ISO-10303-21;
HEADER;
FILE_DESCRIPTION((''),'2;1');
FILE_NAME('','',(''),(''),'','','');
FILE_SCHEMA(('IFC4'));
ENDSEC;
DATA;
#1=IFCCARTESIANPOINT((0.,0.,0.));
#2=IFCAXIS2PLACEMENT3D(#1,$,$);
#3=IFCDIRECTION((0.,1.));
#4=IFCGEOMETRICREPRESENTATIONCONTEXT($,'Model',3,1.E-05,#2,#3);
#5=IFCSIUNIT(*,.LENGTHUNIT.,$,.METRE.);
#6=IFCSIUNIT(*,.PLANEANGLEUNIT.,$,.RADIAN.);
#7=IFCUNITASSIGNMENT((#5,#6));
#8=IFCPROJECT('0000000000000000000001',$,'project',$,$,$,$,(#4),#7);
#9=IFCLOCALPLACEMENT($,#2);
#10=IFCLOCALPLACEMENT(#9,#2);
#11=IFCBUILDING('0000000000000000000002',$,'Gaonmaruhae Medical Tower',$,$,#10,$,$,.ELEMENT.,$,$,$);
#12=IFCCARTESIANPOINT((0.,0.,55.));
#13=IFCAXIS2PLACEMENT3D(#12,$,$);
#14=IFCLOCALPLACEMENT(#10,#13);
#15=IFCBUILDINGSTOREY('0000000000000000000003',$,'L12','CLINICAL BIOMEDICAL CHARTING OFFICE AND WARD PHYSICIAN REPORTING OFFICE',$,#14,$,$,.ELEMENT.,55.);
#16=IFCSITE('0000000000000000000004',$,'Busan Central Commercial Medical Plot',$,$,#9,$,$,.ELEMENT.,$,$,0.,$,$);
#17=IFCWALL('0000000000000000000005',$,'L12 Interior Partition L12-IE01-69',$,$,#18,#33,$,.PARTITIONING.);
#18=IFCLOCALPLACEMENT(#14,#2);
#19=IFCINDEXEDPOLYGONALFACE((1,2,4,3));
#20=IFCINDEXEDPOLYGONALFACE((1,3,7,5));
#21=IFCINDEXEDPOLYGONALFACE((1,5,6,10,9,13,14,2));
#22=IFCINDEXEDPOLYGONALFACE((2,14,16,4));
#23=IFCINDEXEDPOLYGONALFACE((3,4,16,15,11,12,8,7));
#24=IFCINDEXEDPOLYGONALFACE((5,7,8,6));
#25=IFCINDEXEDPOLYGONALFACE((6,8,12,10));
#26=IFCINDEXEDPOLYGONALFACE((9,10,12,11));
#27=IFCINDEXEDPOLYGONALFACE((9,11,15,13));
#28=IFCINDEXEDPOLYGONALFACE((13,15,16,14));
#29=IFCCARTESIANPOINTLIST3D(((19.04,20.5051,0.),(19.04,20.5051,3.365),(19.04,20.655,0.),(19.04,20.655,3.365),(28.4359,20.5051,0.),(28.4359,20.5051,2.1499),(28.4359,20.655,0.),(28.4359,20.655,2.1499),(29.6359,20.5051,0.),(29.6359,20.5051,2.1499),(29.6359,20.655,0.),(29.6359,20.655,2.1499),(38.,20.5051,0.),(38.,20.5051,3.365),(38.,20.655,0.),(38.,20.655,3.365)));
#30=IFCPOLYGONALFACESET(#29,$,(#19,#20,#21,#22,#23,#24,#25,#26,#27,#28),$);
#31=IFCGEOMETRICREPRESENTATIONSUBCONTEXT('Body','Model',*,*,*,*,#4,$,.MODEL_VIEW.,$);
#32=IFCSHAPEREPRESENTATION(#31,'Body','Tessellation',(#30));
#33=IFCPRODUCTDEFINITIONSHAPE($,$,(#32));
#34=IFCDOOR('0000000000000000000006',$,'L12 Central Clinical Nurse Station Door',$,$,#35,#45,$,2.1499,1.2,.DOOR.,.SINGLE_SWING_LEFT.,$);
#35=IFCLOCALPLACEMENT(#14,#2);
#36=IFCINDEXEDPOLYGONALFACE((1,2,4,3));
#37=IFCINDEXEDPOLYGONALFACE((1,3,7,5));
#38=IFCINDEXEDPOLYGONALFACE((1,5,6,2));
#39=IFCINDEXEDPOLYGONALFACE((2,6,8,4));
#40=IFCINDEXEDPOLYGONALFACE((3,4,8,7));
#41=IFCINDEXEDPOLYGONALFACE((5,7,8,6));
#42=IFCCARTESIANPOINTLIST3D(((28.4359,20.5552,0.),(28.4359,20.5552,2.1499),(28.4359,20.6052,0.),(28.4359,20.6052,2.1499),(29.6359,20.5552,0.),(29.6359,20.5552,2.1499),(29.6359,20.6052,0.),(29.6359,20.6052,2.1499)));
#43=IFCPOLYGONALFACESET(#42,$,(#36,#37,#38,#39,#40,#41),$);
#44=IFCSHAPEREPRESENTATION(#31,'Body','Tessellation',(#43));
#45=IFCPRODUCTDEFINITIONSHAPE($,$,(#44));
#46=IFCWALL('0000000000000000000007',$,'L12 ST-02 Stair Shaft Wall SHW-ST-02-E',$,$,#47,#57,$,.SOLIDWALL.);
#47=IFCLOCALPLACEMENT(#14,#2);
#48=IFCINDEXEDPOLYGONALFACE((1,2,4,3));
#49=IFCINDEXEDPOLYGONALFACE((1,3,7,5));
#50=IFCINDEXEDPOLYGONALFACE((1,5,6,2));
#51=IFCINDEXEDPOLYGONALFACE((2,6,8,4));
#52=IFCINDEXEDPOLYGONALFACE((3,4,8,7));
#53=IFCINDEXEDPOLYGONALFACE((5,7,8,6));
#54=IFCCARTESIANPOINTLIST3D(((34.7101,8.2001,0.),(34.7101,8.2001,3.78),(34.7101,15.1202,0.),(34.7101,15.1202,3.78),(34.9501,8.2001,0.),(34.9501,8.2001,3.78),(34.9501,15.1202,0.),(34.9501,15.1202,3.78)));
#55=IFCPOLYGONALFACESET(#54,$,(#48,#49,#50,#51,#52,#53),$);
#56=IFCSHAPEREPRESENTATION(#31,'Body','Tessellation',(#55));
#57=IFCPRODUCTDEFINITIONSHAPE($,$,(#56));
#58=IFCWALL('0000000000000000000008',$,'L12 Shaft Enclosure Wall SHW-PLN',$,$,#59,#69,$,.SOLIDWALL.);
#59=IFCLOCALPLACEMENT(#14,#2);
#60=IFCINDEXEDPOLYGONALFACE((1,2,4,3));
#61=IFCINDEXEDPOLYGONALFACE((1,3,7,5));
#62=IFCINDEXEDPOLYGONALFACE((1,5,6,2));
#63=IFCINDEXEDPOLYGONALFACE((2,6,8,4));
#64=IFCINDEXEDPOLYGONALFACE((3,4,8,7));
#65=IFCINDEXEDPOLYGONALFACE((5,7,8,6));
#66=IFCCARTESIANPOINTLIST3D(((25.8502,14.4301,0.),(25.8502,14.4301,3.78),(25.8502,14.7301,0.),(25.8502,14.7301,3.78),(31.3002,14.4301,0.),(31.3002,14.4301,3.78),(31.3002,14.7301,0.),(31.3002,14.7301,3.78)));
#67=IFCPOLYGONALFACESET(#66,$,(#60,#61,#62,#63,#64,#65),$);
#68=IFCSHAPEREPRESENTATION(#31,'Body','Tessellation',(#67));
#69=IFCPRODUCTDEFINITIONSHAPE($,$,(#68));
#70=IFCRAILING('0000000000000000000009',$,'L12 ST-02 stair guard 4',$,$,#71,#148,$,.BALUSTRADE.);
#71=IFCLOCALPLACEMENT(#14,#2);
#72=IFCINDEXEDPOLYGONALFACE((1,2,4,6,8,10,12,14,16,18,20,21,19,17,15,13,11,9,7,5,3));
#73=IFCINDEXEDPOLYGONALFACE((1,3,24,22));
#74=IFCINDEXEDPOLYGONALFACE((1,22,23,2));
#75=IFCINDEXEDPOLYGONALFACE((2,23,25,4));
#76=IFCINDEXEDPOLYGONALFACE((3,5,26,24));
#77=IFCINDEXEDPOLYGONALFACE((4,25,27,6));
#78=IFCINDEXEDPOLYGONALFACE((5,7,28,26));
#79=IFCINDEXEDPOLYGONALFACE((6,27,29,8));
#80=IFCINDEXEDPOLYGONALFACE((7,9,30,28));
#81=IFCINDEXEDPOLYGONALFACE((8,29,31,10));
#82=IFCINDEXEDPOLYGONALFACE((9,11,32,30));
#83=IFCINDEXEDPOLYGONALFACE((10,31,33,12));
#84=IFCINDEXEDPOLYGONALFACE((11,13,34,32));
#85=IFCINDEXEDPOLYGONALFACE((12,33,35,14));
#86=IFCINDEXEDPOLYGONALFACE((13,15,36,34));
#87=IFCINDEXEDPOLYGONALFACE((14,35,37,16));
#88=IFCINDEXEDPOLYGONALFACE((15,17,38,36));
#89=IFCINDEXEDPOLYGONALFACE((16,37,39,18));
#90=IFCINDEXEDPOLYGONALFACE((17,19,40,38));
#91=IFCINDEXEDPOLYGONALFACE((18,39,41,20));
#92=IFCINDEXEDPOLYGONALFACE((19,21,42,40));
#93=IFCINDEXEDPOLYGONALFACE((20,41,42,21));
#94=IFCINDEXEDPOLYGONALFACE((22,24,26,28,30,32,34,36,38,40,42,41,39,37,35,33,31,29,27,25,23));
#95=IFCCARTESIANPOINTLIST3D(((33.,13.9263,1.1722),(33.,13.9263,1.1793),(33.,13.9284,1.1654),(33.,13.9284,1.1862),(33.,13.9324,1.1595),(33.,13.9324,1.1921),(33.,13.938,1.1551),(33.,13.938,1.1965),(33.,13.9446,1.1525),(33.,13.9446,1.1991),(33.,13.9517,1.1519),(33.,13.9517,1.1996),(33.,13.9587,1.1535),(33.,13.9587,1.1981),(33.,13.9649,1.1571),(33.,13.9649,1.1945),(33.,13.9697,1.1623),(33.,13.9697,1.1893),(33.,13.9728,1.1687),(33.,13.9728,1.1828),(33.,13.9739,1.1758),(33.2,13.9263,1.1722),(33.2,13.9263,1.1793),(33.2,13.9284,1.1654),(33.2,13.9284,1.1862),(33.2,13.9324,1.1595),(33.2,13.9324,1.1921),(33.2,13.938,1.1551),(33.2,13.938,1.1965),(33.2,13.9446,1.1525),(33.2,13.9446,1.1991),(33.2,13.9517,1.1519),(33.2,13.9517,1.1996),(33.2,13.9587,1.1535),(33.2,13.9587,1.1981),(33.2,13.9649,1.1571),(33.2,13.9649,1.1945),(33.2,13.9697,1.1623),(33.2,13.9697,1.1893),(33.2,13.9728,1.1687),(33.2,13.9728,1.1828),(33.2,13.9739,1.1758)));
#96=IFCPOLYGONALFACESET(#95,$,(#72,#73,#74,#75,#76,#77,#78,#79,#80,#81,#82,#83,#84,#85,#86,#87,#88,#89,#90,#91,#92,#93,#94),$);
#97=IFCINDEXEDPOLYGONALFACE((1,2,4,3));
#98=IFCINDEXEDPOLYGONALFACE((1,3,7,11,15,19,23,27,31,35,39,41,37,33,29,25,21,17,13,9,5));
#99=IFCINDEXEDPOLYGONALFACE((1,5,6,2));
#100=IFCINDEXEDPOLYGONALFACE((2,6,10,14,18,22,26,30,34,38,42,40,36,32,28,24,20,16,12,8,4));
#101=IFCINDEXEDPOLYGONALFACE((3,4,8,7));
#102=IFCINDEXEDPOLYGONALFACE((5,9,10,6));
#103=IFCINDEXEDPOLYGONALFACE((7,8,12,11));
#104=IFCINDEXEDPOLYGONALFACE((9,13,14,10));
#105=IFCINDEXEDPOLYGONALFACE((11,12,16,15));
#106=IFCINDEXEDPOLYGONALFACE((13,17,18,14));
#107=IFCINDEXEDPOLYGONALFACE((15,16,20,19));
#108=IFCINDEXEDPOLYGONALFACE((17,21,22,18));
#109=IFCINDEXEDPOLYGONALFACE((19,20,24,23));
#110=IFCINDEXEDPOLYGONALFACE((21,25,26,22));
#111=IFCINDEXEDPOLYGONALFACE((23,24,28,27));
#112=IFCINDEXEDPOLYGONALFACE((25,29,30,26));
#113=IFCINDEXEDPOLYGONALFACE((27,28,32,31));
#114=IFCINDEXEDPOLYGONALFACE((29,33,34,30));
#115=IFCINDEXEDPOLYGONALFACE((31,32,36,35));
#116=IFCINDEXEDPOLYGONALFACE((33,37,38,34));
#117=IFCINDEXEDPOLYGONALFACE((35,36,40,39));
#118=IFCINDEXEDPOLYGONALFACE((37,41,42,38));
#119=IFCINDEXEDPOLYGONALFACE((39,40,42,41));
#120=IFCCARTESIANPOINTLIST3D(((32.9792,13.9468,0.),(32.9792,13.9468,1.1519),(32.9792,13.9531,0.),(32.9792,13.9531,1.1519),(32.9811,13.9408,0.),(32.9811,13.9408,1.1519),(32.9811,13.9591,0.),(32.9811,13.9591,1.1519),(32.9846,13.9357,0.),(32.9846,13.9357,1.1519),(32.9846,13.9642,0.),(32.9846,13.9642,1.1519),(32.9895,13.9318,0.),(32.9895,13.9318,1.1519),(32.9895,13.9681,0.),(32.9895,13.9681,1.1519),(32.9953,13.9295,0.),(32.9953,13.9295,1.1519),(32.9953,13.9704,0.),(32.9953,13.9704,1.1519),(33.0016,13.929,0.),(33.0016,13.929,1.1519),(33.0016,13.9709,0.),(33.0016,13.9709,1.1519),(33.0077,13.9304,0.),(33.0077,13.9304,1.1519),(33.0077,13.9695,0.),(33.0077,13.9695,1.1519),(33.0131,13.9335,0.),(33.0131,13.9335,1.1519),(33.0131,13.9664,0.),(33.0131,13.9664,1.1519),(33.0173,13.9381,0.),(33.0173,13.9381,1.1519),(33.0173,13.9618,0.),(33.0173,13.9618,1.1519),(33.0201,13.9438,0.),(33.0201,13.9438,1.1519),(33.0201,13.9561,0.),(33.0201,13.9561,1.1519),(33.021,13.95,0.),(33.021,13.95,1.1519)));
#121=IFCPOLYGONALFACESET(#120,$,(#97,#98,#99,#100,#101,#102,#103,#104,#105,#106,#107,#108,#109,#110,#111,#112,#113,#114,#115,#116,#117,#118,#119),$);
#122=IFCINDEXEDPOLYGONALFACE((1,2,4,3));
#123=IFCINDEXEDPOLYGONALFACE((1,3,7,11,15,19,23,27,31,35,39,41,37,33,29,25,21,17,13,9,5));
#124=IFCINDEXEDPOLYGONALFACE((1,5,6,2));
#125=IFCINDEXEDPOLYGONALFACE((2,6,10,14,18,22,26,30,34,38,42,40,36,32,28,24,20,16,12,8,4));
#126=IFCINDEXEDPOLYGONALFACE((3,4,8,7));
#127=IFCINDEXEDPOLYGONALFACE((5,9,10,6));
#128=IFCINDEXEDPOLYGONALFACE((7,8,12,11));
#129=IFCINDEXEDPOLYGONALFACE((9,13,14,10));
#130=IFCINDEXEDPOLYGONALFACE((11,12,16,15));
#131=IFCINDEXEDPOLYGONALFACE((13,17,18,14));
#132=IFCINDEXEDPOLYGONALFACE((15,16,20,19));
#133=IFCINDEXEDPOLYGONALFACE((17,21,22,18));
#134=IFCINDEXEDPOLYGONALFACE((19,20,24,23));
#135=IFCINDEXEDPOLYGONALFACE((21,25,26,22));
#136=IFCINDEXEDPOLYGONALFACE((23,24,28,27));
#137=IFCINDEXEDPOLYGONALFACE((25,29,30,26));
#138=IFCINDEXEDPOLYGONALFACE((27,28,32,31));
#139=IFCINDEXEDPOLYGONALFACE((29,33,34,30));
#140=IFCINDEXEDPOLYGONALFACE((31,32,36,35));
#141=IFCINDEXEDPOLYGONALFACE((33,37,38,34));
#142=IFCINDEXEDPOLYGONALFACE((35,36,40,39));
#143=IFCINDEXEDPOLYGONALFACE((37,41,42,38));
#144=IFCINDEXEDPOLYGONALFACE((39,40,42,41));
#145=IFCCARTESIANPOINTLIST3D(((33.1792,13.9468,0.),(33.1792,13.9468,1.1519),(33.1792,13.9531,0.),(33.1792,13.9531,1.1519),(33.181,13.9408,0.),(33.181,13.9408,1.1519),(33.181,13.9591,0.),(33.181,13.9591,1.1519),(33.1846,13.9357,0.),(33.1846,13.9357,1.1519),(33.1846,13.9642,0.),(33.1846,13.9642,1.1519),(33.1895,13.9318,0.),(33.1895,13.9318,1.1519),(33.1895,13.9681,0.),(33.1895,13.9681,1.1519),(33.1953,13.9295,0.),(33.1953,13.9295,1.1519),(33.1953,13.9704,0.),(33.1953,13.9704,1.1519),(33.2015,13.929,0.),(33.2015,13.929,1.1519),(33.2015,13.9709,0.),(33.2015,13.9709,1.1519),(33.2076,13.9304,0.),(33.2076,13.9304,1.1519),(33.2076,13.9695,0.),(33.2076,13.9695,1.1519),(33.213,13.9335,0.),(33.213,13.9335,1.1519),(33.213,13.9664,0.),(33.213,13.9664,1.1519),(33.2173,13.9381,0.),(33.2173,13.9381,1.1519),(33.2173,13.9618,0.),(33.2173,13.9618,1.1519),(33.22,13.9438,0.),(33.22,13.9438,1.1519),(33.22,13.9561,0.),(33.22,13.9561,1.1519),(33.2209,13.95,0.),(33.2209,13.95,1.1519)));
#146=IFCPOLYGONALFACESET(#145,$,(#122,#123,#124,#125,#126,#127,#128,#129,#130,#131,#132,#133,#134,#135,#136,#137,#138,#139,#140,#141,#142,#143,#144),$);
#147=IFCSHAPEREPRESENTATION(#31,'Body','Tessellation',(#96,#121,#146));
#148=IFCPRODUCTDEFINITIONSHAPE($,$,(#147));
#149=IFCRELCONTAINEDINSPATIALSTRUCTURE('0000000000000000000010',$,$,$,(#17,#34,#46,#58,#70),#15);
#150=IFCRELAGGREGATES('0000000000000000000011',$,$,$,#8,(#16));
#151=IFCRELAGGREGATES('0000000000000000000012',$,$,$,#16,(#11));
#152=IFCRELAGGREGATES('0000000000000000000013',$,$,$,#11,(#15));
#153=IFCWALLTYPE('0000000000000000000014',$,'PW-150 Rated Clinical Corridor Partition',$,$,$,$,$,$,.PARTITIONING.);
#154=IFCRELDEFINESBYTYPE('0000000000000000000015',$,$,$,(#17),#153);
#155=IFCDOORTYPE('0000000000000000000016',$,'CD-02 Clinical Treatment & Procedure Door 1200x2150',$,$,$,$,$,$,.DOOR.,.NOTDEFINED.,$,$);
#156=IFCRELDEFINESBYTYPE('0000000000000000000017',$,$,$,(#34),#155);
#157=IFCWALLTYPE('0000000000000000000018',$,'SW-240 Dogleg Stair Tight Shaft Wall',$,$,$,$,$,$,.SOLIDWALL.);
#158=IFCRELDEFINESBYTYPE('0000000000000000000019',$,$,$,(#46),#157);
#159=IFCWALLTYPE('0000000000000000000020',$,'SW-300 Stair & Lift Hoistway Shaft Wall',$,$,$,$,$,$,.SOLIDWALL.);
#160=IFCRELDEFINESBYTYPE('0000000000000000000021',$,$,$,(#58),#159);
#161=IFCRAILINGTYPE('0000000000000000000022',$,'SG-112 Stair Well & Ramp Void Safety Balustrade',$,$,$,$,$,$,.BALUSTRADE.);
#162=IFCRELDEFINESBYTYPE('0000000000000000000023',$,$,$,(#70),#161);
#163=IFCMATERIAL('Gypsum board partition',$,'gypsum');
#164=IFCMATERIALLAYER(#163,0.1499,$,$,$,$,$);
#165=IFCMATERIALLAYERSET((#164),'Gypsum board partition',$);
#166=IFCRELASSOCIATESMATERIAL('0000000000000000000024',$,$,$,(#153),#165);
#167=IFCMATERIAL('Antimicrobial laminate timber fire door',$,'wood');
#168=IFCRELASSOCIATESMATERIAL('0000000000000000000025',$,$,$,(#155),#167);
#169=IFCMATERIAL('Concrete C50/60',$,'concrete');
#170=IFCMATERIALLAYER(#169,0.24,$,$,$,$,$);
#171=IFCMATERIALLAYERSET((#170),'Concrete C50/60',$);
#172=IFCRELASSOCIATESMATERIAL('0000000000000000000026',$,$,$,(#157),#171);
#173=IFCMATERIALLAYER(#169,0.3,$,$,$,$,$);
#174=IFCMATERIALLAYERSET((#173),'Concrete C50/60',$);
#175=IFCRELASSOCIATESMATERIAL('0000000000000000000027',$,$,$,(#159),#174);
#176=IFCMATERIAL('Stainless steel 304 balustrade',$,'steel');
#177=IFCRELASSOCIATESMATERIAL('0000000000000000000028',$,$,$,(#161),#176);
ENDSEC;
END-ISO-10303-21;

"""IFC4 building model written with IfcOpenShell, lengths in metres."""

from ifc_helpers import new_model, si_unit, direction, frame, frame_2d, origin, origin_2d, place, context, subcontext, project, spatial, rectangle, circle, extrude, material, layer, layer_set, type_object, element, fill, save


model = new_model("IFC4")

# Units and contexts
model_context = context("Model", 3, precision=1e-05, world=origin(), true_north=direction((0.0, 1.0)))
body_context = subcontext(model_context, "Body", "Model", "MODEL_VIEW")
ifc_project = project(units=[si_unit("LENGTHUNIT", "METRE"), si_unit("PLANEANGLEUNIT", "RADIAN")], contexts=[model_context])

# Site, building, storey
site_placement = place(None, origin())
site = spatial("IfcSite", under=ifc_project, at=site_placement, Name="Busan Central Commercial Medical Plot", CompositionType="ELEMENT", RefElevation=0.0)
building_placement = place(site_placement, origin())
building = spatial("IfcBuilding", under=site, at=building_placement, Name="Gaonmaruhae Medical Tower", CompositionType="ELEMENT")
storey_placement = place(building_placement, frame((0.0, 0.0, 55.0)))
storey = spatial("IfcBuildingStorey", under=building, at=storey_placement, Name="L12", Description="CLINICAL BIOMEDICAL CHARTING OFFICE AND WARD PHYSICIAN REPORTING OFFICE", CompositionType="ELEMENT", Elevation=55.0)

# Shared definitions
ifc_material_1 = material(Name="Gypsum board partition", Category="gypsum")
ifc_layer_1 = layer(ifc_material_1, 0.1499)
ifc_layer_set_1 = layer_set([ifc_layer_1], Name="Gypsum board partition")
wall_type_1 = type_object("IfcWallType", Name="PW-150 Rated Clinical Corridor Partition", PredefinedType="PARTITIONING", material=ifc_layer_set_1)

# Shared definitions
ifc_material_2 = material(Name="Antimicrobial laminate timber fire door", Category="wood")
door_type_1 = type_object("IfcDoorType", Name="CD-02 Clinical Treatment & Procedure Door 1200x2150", OperationType="NOTDEFINED", PredefinedType="DOOR", material=ifc_material_2)

# Wall, opening, door
wall_1_placement = place(storey_placement, frame((38.0, 20.5801, 0.0), z_axis=(0.0, 0.0, 1.0), x_axis=(-1.0, 0.0, 0.0)))
wall_1 = element("IfcWall", 1, at=wall_1_placement, inside=storey, type_object=wall_type_1, Name="L12 Interior Partition L12-IE01-69", PredefinedType="PARTITIONING", context=body_context, shape_type="SweptSolid", body=[
    extrude(rectangle(XDim=18.96, YDim=0.1499, at=frame_2d((9.48, 0.0))), origin(), (0.0, 0.0, 1.0), 3.365),
])
opening_1_placement = place(wall_1_placement, frame((8.364, 0.0, 0.0)))
opening_1 = element("IfcOpeningElement", 2, at=opening_1_placement, cuts=wall_1, PredefinedType="OPENING", context=body_context, shape_type="SweptSolid", body=[
    extrude(rectangle(XDim=1.2, YDim=2.1499, at=frame_2d((0.6001, 1.075))), frame((0.0, 0.085, 0.0), z_axis=(0.0, -1.0, 0.0), x_axis=(1.0, 0.0, 0.0)), (0.0, 0.0, 1.0), 0.1699),
])
door_1_placement = place(opening_1_placement, origin())
door_1 = element("IfcDoor", 3, at=door_1_placement, inside=storey, type_object=door_type_1, Name="L12 Central Clinical Nurse Station Door", OperationType="SINGLE_SWING_LEFT", OverallHeight=2.1499, OverallWidth=1.2, PredefinedType="DOOR", context=body_context, shape_type="SweptSolid", body=[
    extrude(rectangle(XDim=1.2, YDim=2.1499, at=frame_2d((0.6001, 1.075))), frame((0.0, 0.0249, 0.0), z_axis=(0.0, -1.0, 0.0), x_axis=(1.0, 0.0, 0.0)), (0.0, 0.0, 1.0), 0.05),
])
fill(opening_1, door_1)
ifc_material_3 = material(Name="Concrete C50/60", Category="concrete")
ifc_layer_2 = layer(ifc_material_3, 0.24)
ifc_layer_set_2 = layer_set([ifc_layer_2], Name="Concrete C50/60")
wall_type_2 = type_object("IfcWallType", Name="SW-240 Dogleg Stair Tight Shaft Wall", PredefinedType="SOLIDWALL", material=ifc_layer_set_2)

# Walls
wall_2_placement = place(storey_placement, frame((34.8301, 15.1201, 0.0), z_axis=(0.0, 0.0, 1.0), x_axis=(0.0, -1.0, 0.0)))
element("IfcWall", 4, at=wall_2_placement, inside=storey, type_object=wall_type_2, Name="L12 ST-02 Stair Shaft Wall SHW-ST-02-E", PredefinedType="SOLIDWALL", context=body_context, shape_type="SweptSolid", body=[
    extrude(rectangle(XDim=6.9202, YDim=0.24, at=frame_2d((3.46, 0.0))), origin(), (0.0, 0.0, 1.0), 3.78),
])
ifc_layer_3 = layer(ifc_material_3, 0.3)
ifc_layer_set_3 = layer_set([ifc_layer_3], Name="Concrete C50/60")
wall_type_3 = type_object("IfcWallType", Name="SW-300 Stair & Lift Hoistway Shaft Wall", PredefinedType="SOLIDWALL", material=ifc_layer_set_3)
wall_3_placement = place(storey_placement, frame((25.8501, 14.5801, 0.0), z_axis=(0.0, 0.0, 1.0), x_axis=(1.0, 0.0, 0.0)))
element("IfcWall", 5, at=wall_3_placement, inside=storey, type_object=wall_type_3, Name="L12 Shaft Enclosure Wall SHW-PLN", PredefinedType="SOLIDWALL", context=body_context, shape_type="SweptSolid", body=[
    extrude(rectangle(XDim=5.45, YDim=0.3, at=frame_2d((2.7251, 0.0))), origin(), (0.0, 0.0, 1.0), 3.78),
])

# Railing
ifc_material_4 = material(Name="Stainless steel 304 balustrade", Category="steel")
railing_type = type_object("IfcRailingType", Name="SG-112 Stair Well & Ramp Void Safety Balustrade", PredefinedType="BALUSTRADE", material=ifc_material_4)
railing_1_placement = place(storey_placement, frame((33.0, 13.95, 0.0)))
element("IfcRailing", 6, at=railing_1_placement, inside=storey, type_object=railing_type, Name="L12 ST-02 stair guard 4", PredefinedType="BALUSTRADE", context=body_context, shape_type="SweptSolid", body=[
    extrude(circle(Radius=0.0239, at=origin_2d()), frame((0.0, 0.0, 1.1758), z_axis=(1.0, 0.0, 0.0), x_axis=(0.0, 1.0, 0.0)), (0.0, 0.0, 1.0), 0.2),
    extrude(circle(Radius=0.021, at=origin_2d()), origin(), (0.0, 0.0, 1.0), 1.1519),
    extrude(circle(Radius=0.021, at=origin_2d()), frame((0.2, 0.0, 0.0)), (0.0, 0.0, 1.0), 1.1519),
])

save(model, "model.ifc")
